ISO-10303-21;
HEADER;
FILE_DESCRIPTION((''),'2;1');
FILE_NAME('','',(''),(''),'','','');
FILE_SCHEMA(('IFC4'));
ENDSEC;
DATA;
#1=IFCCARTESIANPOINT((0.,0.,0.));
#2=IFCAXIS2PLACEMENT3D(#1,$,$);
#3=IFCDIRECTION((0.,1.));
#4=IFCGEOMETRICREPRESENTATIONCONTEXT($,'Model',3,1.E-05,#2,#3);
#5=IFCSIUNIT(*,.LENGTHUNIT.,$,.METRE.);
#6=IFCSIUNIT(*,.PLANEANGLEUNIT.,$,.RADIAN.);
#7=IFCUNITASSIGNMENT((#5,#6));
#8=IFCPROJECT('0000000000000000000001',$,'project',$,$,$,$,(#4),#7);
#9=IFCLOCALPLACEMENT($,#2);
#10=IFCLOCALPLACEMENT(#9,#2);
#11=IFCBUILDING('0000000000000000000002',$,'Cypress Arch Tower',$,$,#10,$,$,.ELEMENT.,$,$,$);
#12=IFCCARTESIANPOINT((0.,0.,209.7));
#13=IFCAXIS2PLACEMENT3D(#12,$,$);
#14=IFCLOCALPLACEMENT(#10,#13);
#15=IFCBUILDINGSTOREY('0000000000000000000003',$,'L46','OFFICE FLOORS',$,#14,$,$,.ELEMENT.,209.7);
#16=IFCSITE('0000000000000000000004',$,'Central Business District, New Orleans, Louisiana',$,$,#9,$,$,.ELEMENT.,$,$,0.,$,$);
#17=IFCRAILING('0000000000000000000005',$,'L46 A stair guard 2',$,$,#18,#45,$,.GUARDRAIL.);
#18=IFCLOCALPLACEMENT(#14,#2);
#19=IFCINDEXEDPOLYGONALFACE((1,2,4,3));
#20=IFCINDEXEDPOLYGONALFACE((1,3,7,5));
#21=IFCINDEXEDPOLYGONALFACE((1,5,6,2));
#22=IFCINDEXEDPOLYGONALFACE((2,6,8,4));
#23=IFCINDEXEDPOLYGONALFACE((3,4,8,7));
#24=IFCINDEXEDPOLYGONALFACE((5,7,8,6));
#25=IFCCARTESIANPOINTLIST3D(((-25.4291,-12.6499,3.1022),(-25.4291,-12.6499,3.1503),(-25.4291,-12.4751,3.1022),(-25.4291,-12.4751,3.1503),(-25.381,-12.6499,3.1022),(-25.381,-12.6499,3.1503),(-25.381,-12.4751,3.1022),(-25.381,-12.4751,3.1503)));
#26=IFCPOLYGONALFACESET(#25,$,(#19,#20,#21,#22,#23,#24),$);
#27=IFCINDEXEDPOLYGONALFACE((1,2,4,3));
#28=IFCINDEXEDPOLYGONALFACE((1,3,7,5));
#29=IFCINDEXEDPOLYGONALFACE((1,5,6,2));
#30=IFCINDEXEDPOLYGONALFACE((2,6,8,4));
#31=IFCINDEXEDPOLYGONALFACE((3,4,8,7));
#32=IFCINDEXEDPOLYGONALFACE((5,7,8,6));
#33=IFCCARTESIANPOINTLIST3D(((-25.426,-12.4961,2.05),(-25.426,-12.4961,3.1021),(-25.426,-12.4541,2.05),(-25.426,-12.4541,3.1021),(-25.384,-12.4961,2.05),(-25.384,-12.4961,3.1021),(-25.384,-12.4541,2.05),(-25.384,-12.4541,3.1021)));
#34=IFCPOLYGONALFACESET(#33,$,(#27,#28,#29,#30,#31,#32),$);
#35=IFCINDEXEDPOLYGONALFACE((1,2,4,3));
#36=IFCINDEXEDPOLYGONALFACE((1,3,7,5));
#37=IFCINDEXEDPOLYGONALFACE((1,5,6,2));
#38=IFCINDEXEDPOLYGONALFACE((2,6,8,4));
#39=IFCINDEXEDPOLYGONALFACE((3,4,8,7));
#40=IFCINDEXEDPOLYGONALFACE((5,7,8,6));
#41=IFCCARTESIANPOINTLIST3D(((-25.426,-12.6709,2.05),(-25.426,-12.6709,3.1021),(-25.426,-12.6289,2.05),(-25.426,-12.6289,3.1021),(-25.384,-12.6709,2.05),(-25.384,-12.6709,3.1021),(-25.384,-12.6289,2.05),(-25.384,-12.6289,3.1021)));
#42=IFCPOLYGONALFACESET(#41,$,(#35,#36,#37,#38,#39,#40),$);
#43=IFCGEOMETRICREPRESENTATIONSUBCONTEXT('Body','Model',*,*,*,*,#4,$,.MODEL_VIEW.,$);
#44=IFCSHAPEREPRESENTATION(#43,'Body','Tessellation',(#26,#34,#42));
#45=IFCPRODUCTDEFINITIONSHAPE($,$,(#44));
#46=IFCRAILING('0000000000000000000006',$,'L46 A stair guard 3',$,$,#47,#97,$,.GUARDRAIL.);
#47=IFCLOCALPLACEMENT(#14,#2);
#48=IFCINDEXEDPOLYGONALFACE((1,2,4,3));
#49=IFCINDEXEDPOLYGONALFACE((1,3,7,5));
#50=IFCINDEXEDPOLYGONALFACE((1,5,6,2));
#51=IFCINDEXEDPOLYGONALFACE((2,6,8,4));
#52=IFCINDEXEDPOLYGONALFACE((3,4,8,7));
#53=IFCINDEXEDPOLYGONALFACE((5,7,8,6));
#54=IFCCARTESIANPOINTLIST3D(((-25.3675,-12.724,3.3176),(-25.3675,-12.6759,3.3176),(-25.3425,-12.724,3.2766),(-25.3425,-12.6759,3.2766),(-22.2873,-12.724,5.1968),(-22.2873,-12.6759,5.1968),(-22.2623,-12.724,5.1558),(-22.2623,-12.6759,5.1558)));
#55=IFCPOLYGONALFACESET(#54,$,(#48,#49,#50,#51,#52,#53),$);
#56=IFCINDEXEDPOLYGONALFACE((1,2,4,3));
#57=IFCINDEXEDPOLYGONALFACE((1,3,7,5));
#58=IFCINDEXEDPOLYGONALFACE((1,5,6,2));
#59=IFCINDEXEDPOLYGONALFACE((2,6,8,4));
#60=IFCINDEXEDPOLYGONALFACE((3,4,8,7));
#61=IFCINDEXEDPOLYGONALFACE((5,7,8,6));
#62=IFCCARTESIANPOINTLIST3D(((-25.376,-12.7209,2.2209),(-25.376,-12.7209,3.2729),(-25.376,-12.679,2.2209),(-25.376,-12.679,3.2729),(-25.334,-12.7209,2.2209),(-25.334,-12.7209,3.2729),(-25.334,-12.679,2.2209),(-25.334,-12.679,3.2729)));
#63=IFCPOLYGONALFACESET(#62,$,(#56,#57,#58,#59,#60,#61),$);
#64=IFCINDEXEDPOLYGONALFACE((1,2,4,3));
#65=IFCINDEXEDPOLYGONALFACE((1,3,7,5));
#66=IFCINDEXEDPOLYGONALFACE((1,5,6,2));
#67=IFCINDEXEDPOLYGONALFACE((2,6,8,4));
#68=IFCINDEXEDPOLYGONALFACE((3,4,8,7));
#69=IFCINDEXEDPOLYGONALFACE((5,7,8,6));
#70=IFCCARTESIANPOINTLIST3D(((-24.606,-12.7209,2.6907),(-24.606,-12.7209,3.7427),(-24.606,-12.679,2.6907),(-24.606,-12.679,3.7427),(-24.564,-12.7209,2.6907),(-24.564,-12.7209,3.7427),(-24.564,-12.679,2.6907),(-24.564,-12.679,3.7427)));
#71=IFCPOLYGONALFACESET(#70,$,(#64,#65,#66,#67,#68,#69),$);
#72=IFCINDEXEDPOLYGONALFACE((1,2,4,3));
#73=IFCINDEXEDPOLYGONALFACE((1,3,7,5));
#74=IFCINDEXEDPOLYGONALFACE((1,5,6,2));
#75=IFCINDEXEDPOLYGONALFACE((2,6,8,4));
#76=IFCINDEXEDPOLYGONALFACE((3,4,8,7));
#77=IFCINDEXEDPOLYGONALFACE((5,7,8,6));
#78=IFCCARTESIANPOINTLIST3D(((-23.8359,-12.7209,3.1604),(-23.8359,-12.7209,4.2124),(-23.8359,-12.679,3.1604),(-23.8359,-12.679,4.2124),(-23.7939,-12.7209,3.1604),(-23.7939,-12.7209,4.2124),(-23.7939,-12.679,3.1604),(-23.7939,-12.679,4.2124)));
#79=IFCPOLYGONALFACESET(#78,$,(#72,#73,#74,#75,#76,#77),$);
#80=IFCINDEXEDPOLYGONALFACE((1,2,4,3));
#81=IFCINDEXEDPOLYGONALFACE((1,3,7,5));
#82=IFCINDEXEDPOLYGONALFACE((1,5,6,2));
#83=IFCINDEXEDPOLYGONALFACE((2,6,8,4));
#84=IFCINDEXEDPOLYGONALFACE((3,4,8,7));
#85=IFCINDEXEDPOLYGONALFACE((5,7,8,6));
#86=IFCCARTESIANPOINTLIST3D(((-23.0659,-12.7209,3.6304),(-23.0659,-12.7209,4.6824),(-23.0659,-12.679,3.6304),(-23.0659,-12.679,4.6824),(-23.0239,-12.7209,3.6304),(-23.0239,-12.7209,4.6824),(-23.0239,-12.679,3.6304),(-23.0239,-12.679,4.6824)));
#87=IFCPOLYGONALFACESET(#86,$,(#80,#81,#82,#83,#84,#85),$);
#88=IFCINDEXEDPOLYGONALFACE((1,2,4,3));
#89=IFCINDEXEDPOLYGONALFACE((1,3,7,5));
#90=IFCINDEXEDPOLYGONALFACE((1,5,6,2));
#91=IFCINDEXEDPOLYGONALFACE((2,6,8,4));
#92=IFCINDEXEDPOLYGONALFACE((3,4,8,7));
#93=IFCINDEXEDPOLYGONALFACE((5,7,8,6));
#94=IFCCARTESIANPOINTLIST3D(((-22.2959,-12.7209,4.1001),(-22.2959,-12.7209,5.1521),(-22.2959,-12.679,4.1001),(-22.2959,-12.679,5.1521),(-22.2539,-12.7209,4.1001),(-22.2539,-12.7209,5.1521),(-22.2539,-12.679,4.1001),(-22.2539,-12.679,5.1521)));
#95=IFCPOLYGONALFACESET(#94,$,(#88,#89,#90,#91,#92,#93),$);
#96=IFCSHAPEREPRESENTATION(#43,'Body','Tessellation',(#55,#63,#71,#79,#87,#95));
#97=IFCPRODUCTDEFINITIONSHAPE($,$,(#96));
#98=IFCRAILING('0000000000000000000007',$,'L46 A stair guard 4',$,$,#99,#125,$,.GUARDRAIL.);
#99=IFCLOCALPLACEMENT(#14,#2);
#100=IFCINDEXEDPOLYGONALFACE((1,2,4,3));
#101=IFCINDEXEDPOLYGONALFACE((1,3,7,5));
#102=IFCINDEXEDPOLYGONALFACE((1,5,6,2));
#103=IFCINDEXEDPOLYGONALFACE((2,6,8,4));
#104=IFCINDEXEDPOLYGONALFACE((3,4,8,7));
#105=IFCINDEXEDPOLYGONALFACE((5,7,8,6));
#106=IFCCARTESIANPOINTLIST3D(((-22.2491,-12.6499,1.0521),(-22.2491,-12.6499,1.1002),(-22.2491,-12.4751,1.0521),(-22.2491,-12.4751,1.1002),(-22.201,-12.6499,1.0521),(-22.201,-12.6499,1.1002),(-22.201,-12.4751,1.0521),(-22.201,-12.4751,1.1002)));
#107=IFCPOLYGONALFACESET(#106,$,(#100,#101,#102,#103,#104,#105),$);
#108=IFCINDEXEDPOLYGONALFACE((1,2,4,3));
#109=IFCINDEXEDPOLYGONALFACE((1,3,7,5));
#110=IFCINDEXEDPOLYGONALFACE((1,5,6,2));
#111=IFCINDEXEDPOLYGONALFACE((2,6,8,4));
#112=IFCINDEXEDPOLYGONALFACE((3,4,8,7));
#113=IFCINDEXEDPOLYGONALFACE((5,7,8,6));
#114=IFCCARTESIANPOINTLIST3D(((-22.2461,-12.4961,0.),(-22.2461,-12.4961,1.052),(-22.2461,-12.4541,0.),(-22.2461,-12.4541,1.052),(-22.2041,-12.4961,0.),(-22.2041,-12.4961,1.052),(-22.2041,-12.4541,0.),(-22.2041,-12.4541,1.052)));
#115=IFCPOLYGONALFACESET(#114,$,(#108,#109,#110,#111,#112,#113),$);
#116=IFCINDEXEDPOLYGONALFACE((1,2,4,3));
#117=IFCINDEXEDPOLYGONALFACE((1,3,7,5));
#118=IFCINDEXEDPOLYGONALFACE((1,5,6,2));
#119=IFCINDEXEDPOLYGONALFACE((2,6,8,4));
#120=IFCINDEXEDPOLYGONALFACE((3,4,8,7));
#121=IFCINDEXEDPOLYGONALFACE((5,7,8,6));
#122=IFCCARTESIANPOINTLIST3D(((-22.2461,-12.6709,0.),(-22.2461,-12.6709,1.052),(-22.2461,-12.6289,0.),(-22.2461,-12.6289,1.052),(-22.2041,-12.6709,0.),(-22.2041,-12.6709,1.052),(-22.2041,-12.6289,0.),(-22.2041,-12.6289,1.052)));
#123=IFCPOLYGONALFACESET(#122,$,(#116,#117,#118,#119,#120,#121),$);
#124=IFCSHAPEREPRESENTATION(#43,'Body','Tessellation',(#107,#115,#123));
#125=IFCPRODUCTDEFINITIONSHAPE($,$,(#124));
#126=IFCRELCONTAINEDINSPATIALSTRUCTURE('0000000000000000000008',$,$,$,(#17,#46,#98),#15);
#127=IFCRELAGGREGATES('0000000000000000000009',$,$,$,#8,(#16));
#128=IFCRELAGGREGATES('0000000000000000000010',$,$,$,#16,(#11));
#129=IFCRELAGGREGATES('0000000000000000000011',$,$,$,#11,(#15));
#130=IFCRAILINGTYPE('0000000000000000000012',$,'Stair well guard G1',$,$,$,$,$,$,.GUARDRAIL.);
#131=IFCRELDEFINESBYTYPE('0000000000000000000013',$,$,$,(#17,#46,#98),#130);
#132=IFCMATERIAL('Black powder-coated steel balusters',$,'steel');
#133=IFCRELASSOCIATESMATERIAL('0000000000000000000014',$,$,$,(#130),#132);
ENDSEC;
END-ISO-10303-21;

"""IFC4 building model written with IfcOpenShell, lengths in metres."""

from ifc_helpers import new_model, si_unit, direction, frame, origin, origin_2d, place, context, subcontext, project, spatial, rectangle, extrude, material, type_object, element, save


model = new_model("IFC4")

# Units and contexts
model_context = context("Model", 3, precision=1e-05, world=origin(), true_north=direction((0.0, 1.0)))
body_context = subcontext(model_context, "Body", "Model", "MODEL_VIEW")
ifc_project = project(units=[si_unit("LENGTHUNIT", "METRE"), si_unit("PLANEANGLEUNIT", "RADIAN")], contexts=[model_context])

# Site, building, storey
site_placement = place(None, origin())
site = spatial("IfcSite", under=ifc_project, at=site_placement, Name="Central Business District, New Orleans, Louisiana", CompositionType="ELEMENT", RefElevation=0.0)
building_placement = place(site_placement, origin())
building = spatial("IfcBuilding", under=site, at=building_placement, Name="Cypress Arch Tower", CompositionType="ELEMENT")
storey_placement = place(building_placement, frame((0.0, 0.0, 209.7)))
storey = spatial("IfcBuildingStorey", under=building, at=storey_placement, Name="L46", Description="OFFICE FLOORS", CompositionType="ELEMENT", Elevation=209.7)

# Railings
ifc_material_1 = material(Name="Black powder-coated steel balusters", Category="steel")
railing_type_1 = type_object("IfcRailingType", Name="Stair well guard G1", PredefinedType="GUARDRAIL", material=ifc_material_1)
railing_1_placement = place(storey_placement, frame((-25.405, -12.4751, 2.05)))
element("IfcRailing", 1, at=railing_1_placement, inside=storey, type_object=railing_type_1, Name="L46 A stair guard 2", PredefinedType="GUARDRAIL", context=body_context, shape_type="SweptSolid", body=[
    extrude(rectangle(XDim=0.0481, YDim=0.0481, at=origin_2d()), frame((0.0, 0.0, 1.0762), z_axis=(0.0, -1.0, 0.0), x_axis=(1.0, 0.0, 0.0)), (0.0, 0.0, 1.0), 0.1748),
    extrude(rectangle(XDim=0.042, YDim=0.042, at=origin_2d()), origin(), (0.0, 0.0, 1.0), 1.052),
    extrude(rectangle(XDim=0.042, YDim=0.042, at=origin_2d()), frame((0.0, -0.1748, 0.0)), (0.0, 0.0, 1.0), 1.052),
])
railing_2_placement = place(storey_placement, frame((-25.355, -12.7, 2.2209)))
element("IfcRailing", 2, at=railing_2_placement, inside=storey, type_object=railing_type_1, Name="L46 A stair guard 3", PredefinedType="GUARDRAIL", context=body_context, shape_type="SweptSolid", body=[
    extrude(rectangle(XDim=0.0481, YDim=0.0481, at=origin_2d()), frame((0.0, 0.0, 1.0762), z_axis=(0.853666, 0.0, 0.52082), x_axis=(0.0, 1.0, 0.0)), (0.0, 0.0, 1.0), 3.6082),
    extrude(rectangle(XDim=0.042, YDim=0.042, at=origin_2d()), origin(), (0.0, 0.0, 1.0), 1.052),
    extrude(rectangle(XDim=0.042, YDim=0.042, at=origin_2d()), frame((0.77, 0.0, 0.4697)), (0.0, 0.0, 1.0), 1.052),
    extrude(rectangle(XDim=0.042, YDim=0.042, at=origin_2d()), frame((1.54, 0.0, 0.9395)), (0.0, 0.0, 1.0), 1.052),
    extrude(rectangle(XDim=0.042, YDim=0.042, at=origin_2d()), frame((2.3101, 0.0, 1.4094)), (0.0, 0.0, 1.0), 1.052),
    extrude(rectangle(XDim=0.042, YDim=0.042, at=origin_2d()), frame((3.0801, 0.0, 1.8792)), (0.0, 0.0, 1.0), 1.052),
])
railing_3_placement = place(storey_placement, frame((-22.2251, -12.4751, 0.0)))
element("IfcRailing", 3, at=railing_3_placement, inside=storey, type_object=railing_type_1, Name="L46 A stair guard 4", PredefinedType="GUARDRAIL", context=body_context, shape_type="SweptSolid", body=[
    extrude(rectangle(XDim=0.0481, YDim=0.0481, at=origin_2d()), frame((0.0, 0.0, 1.0762), z_axis=(0.0, -1.0, 0.0), x_axis=(1.0, 0.0, 0.0)), (0.0, 0.0, 1.0), 0.1748),
    extrude(rectangle(XDim=0.042, YDim=0.042, at=origin_2d()), origin(), (0.0, 0.0, 1.0), 1.052),
    extrude(rectangle(XDim=0.042, YDim=0.042, at=origin_2d()), frame((0.0, -0.1748, 0.0)), (0.0, 0.0, 1.0), 1.052),
])

save(model, "model.ifc")
